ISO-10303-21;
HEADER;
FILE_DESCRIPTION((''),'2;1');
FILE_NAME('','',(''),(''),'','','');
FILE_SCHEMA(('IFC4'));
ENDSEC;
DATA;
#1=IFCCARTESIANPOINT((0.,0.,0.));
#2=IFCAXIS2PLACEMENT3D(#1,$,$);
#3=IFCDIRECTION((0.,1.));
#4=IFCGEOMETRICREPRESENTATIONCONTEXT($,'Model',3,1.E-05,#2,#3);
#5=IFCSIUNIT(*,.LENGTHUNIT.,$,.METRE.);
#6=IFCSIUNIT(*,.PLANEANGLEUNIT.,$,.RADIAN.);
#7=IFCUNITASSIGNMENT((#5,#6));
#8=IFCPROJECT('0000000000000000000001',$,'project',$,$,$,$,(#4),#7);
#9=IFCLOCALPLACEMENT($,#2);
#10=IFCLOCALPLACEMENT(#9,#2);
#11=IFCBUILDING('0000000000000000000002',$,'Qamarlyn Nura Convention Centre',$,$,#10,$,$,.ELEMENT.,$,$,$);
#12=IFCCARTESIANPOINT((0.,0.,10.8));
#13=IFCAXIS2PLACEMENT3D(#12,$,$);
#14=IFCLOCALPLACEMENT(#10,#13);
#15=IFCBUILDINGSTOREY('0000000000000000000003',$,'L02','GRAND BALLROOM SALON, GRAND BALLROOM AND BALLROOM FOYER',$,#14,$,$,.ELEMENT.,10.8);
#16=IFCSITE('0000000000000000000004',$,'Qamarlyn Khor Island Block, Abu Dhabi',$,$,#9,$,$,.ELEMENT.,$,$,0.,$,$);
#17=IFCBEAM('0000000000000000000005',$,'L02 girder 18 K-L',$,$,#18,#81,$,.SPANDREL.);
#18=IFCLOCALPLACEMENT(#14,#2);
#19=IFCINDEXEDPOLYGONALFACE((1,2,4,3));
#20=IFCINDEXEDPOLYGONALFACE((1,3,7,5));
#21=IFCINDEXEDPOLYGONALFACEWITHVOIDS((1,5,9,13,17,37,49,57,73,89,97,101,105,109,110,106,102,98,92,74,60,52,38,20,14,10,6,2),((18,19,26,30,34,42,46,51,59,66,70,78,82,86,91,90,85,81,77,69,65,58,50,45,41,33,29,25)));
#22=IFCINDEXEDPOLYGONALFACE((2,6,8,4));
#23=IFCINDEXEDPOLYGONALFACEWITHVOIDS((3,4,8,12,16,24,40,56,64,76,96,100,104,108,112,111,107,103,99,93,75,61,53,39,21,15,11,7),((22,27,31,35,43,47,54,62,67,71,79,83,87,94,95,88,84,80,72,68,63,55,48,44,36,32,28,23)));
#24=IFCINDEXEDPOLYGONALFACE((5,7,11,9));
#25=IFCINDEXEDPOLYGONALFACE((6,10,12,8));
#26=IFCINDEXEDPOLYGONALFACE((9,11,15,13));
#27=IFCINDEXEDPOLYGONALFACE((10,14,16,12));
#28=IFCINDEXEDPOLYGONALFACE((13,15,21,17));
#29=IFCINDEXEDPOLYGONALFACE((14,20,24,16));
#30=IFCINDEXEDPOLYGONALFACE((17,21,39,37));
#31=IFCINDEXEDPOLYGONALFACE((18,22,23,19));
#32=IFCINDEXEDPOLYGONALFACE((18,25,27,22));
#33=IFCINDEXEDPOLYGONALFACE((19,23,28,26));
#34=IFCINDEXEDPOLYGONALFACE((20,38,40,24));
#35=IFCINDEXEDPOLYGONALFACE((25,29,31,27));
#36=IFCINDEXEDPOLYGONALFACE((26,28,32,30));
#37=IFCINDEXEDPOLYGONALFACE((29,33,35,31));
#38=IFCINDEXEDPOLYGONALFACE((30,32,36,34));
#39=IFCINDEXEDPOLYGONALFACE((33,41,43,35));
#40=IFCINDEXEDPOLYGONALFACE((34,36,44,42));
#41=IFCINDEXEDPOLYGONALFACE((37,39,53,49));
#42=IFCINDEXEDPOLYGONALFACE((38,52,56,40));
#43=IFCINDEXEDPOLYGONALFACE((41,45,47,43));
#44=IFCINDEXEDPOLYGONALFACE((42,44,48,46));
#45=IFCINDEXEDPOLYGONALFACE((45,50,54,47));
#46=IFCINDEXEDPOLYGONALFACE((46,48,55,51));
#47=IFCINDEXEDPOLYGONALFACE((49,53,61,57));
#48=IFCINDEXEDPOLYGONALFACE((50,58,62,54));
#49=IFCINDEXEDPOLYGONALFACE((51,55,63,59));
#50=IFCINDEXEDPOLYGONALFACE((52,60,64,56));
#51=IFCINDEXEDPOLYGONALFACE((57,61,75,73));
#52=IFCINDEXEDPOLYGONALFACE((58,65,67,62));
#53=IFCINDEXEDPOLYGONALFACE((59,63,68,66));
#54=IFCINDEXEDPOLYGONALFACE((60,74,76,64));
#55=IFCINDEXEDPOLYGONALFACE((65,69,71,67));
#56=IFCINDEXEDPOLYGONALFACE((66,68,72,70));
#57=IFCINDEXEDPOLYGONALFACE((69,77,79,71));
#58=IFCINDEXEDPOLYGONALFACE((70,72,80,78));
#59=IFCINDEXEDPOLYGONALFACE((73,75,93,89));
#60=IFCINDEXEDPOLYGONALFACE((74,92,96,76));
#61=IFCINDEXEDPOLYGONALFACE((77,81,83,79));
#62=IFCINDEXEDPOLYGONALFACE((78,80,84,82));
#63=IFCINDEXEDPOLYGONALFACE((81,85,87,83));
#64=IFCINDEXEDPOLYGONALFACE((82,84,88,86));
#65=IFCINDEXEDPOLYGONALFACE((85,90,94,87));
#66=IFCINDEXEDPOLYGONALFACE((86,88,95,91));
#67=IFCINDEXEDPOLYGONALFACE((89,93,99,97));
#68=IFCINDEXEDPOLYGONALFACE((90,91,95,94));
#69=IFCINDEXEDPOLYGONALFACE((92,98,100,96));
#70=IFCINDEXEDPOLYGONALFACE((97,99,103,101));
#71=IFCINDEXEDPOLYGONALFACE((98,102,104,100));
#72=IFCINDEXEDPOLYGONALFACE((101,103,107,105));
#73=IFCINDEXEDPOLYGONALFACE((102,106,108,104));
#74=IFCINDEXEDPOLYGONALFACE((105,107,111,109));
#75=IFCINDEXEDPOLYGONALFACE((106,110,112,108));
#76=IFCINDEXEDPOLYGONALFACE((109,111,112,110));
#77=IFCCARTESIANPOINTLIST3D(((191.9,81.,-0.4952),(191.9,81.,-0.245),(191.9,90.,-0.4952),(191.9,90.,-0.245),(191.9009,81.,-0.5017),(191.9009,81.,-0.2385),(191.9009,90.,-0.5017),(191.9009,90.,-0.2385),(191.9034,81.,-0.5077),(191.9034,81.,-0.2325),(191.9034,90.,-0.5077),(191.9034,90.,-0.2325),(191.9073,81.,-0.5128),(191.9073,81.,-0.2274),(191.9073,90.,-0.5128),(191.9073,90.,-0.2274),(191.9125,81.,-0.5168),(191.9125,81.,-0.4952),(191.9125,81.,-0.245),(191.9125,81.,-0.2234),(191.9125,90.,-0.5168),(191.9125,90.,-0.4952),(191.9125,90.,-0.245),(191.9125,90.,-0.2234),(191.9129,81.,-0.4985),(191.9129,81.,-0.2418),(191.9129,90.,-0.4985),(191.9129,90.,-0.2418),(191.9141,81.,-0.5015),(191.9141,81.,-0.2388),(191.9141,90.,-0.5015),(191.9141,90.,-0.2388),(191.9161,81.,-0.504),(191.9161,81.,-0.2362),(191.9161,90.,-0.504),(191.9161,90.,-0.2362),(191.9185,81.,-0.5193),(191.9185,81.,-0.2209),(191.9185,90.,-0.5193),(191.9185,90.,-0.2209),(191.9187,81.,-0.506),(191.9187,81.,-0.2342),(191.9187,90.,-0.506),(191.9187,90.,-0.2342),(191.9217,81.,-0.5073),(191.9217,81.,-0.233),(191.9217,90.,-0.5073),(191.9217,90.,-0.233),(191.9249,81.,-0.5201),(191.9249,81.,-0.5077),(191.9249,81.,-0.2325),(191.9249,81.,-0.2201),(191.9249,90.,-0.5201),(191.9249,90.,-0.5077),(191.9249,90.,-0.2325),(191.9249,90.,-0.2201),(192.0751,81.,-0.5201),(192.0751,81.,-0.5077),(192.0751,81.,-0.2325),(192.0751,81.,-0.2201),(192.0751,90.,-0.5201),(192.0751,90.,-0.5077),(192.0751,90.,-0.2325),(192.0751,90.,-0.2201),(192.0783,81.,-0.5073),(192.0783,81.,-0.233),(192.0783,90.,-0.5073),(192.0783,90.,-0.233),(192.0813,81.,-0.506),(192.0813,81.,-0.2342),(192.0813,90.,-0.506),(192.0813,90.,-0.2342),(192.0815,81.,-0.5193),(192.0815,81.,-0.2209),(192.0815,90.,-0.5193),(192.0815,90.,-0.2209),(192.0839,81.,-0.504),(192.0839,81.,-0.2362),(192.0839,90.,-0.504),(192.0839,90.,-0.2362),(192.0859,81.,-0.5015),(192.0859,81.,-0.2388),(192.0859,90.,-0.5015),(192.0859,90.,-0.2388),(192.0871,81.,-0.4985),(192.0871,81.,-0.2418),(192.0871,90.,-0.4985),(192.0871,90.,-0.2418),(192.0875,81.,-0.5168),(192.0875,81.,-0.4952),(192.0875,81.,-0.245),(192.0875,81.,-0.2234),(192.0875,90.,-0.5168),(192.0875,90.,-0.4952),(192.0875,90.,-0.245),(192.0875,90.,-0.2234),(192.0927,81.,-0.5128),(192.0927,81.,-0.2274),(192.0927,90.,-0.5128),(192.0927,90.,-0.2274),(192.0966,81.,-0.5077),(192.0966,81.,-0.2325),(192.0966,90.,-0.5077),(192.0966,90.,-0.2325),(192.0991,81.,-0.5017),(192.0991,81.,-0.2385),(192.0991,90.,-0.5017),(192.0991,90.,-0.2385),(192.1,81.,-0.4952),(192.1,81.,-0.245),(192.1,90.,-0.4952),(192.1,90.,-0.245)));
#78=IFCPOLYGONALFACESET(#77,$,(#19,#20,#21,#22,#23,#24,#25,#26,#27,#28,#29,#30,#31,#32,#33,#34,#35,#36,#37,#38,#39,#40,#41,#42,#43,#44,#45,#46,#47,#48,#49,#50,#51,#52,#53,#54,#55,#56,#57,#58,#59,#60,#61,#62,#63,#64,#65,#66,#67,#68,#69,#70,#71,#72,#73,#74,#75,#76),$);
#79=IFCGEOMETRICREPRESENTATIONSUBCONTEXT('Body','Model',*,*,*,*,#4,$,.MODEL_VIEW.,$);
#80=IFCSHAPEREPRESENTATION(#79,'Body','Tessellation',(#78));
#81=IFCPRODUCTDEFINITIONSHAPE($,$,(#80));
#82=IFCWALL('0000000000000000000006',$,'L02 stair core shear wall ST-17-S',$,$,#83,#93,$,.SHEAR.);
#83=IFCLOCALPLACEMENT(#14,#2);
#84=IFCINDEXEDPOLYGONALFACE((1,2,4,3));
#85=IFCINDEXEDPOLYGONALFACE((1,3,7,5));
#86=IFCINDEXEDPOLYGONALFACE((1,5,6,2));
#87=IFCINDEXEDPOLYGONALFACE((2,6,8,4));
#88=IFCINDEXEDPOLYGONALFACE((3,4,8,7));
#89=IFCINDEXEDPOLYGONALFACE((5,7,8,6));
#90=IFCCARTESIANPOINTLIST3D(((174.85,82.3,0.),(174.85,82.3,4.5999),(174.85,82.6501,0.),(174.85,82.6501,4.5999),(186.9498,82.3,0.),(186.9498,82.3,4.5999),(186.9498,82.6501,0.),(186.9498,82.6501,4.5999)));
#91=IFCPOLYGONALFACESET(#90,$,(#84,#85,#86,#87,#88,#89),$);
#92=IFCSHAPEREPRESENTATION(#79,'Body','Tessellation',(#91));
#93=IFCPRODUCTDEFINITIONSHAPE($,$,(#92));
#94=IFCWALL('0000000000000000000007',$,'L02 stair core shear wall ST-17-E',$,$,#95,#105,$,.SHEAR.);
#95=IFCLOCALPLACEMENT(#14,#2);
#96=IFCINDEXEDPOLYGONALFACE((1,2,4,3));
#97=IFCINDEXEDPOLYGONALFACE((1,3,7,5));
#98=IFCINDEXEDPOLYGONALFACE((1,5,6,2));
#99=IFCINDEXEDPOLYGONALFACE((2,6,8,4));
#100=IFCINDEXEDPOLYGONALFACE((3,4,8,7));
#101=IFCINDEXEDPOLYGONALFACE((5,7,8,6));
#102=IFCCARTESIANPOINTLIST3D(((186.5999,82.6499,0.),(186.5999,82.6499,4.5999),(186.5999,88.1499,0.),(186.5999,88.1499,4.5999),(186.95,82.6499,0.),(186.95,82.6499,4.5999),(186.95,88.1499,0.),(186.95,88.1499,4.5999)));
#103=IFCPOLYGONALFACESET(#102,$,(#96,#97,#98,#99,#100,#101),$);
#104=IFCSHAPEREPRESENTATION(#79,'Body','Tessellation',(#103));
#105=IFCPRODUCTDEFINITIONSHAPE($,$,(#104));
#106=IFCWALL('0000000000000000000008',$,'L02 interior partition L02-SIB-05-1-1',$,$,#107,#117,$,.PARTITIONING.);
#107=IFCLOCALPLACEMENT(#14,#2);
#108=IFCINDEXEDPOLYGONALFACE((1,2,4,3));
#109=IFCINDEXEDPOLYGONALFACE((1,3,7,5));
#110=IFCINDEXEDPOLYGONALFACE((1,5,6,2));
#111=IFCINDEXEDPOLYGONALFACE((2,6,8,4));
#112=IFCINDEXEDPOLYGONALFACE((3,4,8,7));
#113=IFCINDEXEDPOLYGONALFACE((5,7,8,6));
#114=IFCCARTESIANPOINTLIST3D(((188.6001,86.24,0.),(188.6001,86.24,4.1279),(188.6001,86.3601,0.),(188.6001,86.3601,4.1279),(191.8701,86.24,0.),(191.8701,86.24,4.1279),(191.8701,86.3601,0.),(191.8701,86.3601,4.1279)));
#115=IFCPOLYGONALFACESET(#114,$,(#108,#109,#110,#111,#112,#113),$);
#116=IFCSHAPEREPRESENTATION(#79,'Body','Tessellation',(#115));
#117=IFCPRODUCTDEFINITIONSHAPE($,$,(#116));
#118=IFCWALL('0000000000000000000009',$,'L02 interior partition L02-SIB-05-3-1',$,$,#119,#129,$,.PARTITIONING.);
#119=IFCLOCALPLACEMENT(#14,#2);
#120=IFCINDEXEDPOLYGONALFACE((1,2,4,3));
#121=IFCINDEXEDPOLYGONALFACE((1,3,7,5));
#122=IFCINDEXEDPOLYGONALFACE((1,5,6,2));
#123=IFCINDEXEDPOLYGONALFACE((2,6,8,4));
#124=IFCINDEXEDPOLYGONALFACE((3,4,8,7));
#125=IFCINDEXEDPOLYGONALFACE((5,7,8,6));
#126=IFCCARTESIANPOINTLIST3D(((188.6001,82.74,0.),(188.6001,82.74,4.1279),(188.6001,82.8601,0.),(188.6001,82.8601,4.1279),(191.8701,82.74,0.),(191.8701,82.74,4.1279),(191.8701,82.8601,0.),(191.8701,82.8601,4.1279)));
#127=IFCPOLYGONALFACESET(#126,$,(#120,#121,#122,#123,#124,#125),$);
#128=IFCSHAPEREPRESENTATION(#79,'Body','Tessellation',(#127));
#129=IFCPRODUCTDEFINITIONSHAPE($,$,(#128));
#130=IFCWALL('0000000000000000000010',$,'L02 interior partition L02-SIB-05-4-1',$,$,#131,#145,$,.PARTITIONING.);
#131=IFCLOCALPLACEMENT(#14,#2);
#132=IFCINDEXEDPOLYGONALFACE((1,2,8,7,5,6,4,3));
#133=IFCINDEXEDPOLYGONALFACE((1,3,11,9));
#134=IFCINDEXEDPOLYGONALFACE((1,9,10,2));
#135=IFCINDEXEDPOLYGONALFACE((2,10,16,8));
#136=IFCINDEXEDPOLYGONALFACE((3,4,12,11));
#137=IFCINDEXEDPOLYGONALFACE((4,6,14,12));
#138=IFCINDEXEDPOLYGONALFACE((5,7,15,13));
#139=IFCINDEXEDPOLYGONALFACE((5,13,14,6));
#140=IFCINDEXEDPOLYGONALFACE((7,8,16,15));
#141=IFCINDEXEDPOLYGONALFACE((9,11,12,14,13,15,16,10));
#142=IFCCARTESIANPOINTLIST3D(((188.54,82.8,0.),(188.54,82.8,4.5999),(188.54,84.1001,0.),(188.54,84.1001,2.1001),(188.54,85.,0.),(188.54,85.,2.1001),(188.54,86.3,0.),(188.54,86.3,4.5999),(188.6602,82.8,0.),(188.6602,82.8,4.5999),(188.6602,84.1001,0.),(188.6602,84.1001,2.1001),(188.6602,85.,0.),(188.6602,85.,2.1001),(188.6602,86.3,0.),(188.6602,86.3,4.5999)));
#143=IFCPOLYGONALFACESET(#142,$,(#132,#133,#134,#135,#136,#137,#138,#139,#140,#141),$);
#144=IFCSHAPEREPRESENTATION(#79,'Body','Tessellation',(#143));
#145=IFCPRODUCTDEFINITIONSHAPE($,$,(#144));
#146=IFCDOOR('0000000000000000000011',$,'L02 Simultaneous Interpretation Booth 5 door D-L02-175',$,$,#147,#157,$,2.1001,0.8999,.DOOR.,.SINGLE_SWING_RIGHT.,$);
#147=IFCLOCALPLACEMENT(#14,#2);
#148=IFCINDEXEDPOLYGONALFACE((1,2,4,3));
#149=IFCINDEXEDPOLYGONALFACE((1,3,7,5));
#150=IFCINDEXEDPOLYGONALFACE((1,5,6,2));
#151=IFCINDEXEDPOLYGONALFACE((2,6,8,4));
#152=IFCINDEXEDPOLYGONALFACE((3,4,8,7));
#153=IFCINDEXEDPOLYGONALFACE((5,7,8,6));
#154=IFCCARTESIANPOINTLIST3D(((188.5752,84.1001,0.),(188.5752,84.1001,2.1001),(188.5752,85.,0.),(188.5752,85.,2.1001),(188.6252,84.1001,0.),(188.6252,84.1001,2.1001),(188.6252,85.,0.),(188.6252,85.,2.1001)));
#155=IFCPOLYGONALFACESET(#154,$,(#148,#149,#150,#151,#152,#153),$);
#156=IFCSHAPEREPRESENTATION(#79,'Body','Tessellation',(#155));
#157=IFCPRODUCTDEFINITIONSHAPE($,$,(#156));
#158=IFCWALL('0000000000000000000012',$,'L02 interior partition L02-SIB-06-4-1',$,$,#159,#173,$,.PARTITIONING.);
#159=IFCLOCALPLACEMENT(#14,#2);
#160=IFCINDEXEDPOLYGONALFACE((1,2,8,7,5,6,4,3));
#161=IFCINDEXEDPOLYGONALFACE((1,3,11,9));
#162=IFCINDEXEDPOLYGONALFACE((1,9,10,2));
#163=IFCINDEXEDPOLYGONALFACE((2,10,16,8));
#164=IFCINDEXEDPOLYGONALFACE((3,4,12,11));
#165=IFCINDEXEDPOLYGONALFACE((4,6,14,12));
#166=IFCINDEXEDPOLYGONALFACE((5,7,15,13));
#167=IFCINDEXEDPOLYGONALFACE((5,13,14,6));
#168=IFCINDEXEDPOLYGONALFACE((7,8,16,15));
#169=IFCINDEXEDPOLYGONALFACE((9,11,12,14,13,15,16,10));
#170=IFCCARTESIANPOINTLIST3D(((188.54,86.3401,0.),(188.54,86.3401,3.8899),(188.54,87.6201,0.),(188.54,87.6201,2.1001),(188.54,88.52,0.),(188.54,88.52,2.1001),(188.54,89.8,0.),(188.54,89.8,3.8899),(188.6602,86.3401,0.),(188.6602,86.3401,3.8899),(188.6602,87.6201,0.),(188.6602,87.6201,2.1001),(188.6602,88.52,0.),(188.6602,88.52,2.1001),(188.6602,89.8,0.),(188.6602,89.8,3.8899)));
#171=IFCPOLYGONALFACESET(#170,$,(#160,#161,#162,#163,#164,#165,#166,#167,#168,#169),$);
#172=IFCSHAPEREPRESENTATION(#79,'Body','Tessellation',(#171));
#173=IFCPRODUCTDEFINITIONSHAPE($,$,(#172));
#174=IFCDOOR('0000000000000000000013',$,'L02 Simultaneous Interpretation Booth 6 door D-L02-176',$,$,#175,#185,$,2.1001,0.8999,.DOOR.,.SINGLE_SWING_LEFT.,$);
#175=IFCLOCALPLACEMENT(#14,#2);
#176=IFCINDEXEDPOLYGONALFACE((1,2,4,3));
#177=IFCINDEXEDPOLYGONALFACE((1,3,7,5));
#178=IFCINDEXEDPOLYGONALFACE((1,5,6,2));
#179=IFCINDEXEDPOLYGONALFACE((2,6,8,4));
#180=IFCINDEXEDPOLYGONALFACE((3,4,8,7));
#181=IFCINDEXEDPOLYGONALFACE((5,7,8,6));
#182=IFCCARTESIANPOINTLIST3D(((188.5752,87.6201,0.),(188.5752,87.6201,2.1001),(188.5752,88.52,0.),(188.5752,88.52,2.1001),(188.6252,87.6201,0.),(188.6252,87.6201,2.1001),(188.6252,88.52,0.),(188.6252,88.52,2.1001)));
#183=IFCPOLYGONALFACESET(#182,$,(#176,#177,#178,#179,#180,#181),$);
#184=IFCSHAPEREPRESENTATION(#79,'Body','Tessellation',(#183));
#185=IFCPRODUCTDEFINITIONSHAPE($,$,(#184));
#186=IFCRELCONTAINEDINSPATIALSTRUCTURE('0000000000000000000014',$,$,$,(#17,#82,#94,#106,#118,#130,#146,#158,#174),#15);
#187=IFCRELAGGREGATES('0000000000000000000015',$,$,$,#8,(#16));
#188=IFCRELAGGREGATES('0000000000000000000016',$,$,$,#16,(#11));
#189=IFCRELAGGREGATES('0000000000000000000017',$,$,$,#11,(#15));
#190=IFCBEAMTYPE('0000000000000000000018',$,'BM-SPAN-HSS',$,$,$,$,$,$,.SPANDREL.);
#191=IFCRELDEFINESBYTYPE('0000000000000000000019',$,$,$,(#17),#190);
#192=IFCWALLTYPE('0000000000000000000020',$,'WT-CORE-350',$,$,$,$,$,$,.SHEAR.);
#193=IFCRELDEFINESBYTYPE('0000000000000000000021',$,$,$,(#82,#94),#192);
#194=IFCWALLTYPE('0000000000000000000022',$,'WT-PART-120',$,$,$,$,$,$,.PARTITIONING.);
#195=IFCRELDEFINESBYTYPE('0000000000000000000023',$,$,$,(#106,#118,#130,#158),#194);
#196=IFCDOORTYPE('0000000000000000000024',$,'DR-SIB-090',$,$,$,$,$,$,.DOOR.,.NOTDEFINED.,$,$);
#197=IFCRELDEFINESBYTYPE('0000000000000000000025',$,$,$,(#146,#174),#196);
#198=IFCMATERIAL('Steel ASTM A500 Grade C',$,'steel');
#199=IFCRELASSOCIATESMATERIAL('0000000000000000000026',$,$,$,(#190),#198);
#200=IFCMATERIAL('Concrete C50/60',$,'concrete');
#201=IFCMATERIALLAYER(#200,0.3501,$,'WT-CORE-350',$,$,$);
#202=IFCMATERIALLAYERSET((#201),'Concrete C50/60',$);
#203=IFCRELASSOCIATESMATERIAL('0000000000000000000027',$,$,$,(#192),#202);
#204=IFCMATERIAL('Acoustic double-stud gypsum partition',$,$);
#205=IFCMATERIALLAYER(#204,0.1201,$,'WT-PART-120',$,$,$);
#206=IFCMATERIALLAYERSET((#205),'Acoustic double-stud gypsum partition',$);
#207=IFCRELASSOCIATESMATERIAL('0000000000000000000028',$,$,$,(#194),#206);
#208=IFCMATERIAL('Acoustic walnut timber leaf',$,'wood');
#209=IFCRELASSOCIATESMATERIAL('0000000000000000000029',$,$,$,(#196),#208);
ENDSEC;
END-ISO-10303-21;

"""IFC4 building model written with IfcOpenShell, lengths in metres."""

from ifc_helpers import new_model, si_unit, direction, frame, frame_2d, origin, origin_2d, place, context, subcontext, project, spatial, rectangle, hollow_rectangle, extrude, material, layer, layer_set, material_profile, profile_set, type_object, element, fill, save


model = new_model("IFC4")

# Units and contexts
model_context = context("Model", 3, precision=1e-05, world=origin(), true_north=direction((0.0, 1.0)))
body_context = subcontext(model_context, "Body", "Model", "MODEL_VIEW")
ifc_project = project(units=[si_unit("LENGTHUNIT", "METRE"), si_unit("PLANEANGLEUNIT", "RADIAN")], contexts=[model_context])

# Site, building, storey
site_placement = place(None, origin())
site = spatial("IfcSite", under=ifc_project, at=site_placement, Name="Qamarlyn Khor Island Block, Abu Dhabi", CompositionType="ELEMENT", RefElevation=0.0)
building_placement = place(site_placement, origin())
building = spatial("IfcBuilding", under=site, at=building_placement, Name="Qamarlyn Nura Convention Centre", CompositionType="ELEMENT")
storey_placement = place(building_placement, frame((0.0, 0.0, 10.8)))
storey = spatial("IfcBuildingStorey", under=building, at=storey_placement, Name="L02", Description="GRAND BALLROOM SALON, GRAND BALLROOM AND BALLROOM FOYER", CompositionType="ELEMENT", Elevation=10.8)

# Shared definitions
ifc_material_1 = material(Name="Concrete C50/60", Category="concrete")

# Beam
ifc_material_2 = material(Name="Steel ASTM A500 Grade C", Category="steel")
ifc_material_profile_1 = material_profile(ifc_material_2, hollow_rectangle(XDim=0.2, YDim=0.3, WallThickness=0.0125, InnerFilletRadius=0.0125, OuterFilletRadius=0.0249, at=origin_2d()), Name="HSS300X200X12.5")
ifc_profile_set_1 = profile_set([ifc_material_profile_1], Name="Steel ASTM A500 Grade C")
beam_type_1 = type_object("IfcBeamType", Name="BM-SPAN-HSS", PredefinedType="SPANDREL", material=ifc_profile_set_1)
beam_1_placement = place(storey_placement, frame((192.0, 81.0, -0.3701), z_axis=(0.0, 1.0, 0.0), x_axis=(-1.0, 0.0, 0.0)))
element("IfcBeam", 1, at=beam_1_placement, inside=storey, type_object=beam_type_1, Name="L02 girder 18 K-L", PredefinedType="SPANDREL", context=body_context, shape_type="SweptSolid", body=[
    extrude(hollow_rectangle(XDim=0.2, YDim=0.3, WallThickness=0.0125, InnerFilletRadius=0.0125, OuterFilletRadius=0.0249, at=origin_2d()), origin(), (0.0, 0.0, 1.0), 9.0),
])

# Walls
ifc_layer_1 = layer(ifc_material_1, 0.3501, Name="WT-CORE-350")
ifc_layer_set_1 = layer_set([ifc_layer_1], Name="Concrete C50/60")
wall_type_1 = type_object("IfcWallType", Name="WT-CORE-350", PredefinedType="SHEAR", material=ifc_layer_set_1)
wall_1_placement = place(storey_placement, frame((174.8501, 82.4751, 0.0), z_axis=(0.0, 0.0, 1.0), x_axis=(1.0, 0.0, 0.0)))
element("IfcWall", 2, at=wall_1_placement, inside=storey, type_object=wall_type_1, Name="L02 stair core shear wall ST-17-S", PredefinedType="SHEAR", context=body_context, shape_type="SweptSolid", body=[
    extrude(rectangle(XDim=12.0999, YDim=0.3501, at=frame_2d((6.0498, 0.0))), origin(), (0.0, 0.0, 1.0), 4.5999),
])
wall_2_placement = place(storey_placement, frame((186.7749, 82.6499, 0.0), z_axis=(0.0, 0.0, 1.0), x_axis=(0.0, 1.0, 0.0)))
element("IfcWall", 3, at=wall_2_placement, inside=storey, type_object=wall_type_1, Name="L02 stair core shear wall ST-17-E", PredefinedType="SHEAR", context=body_context, shape_type="SweptSolid", body=[
    extrude(rectangle(XDim=5.5, YDim=0.3501, at=frame_2d((2.75, 0.0))), origin(), (0.0, 0.0, 1.0), 4.5999),
])
ifc_material_3 = material(Name="Acoustic double-stud gypsum partition")
ifc_layer_2 = layer(ifc_material_3, 0.1201, Name="WT-PART-120")
ifc_layer_set_2 = layer_set([ifc_layer_2], Name="Acoustic double-stud gypsum partition")
wall_type_2 = type_object("IfcWallType", Name="WT-PART-120", PredefinedType="PARTITIONING", material=ifc_layer_set_2)
for number, where, z_axis, x_axis, name in (
    (4, (188.6001, 86.3, 0.0), (0.0, 0.0, 1.0), (1.0, 0.0, 0.0), "L02 interior partition L02-SIB-05-1-1"),
    (5, (191.8701, 82.8, 0.0), (0.0, 0.0, 1.0), (-1.0, 0.0, 0.0), "L02 interior partition L02-SIB-05-3-1"),
):
    element("IfcWall", number, at=place(storey_placement, frame(where, z_axis=z_axis, x_axis=x_axis)), inside=storey, type_object=wall_type_2, Name=name, PredefinedType="PARTITIONING", context=body_context, shape_type="SweptSolid", body=[
        extrude(rectangle(XDim=3.27, YDim=0.1201, at=frame_2d((1.635, 0.0))), origin(), (0.0, 0.0, 1.0), 4.1279),
    ])

# Walls, openings, doors
wall_3_placement = place(storey_placement, frame((188.6001, 82.8, 0.0), z_axis=(0.0, 0.0, 1.0), x_axis=(0.0, 1.0, 0.0)))
wall_3 = element("IfcWall", 6, at=wall_3_placement, inside=storey, type_object=wall_type_2, Name="L02 interior partition L02-SIB-05-4-1", PredefinedType="PARTITIONING", context=body_context, shape_type="SweptSolid", body=[
    extrude(rectangle(XDim=3.5, YDim=0.1201, at=frame_2d((1.75, 0.0))), origin(), (0.0, 0.0, 1.0), 4.5999),
])
opening_1_placement = place(wall_3_placement, frame((1.3, 0.0, 0.0)))
opening_1 = element("IfcOpeningElement", 7, at=opening_1_placement, cuts=wall_3, PredefinedType="OPENING", context=body_context, shape_type="SweptSolid", body=[
    extrude(rectangle(XDim=0.8999, YDim=2.1001, at=frame_2d((0.45, 1.05))), frame((0.0, 0.0701, 0.0), z_axis=(0.0, -1.0, 0.0), x_axis=(1.0, 0.0, 0.0)), (0.0, 0.0, 1.0), 0.1401),
])
ifc_material_4 = material(Name="Acoustic walnut timber leaf", Category="wood")
door_type = type_object("IfcDoorType", Name="DR-SIB-090", OperationType="NOTDEFINED", PredefinedType="DOOR", material=ifc_material_4)
door_1_placement = place(opening_1_placement, origin())
door_1 = element("IfcDoor", 8, at=door_1_placement, inside=storey, type_object=door_type, Name="L02 Simultaneous Interpretation Booth 5 door D-L02-175", OperationType="SINGLE_SWING_RIGHT", OverallHeight=2.1001, OverallWidth=0.8999, PredefinedType="DOOR", context=body_context, shape_type="SweptSolid", body=[
    extrude(rectangle(XDim=0.8999, YDim=2.1001, at=frame_2d((0.45, 1.05))), frame((0.0, 0.0249, 0.0), z_axis=(0.0, -1.0, 0.0), x_axis=(1.0, 0.0, 0.0)), (0.0, 0.0, 1.0), 0.05),
])
fill(opening_1, door_1)
wall_4_placement = place(storey_placement, frame((188.6001, 86.3401, 0.0), z_axis=(0.0, 0.0, 1.0), x_axis=(0.0, 1.0, 0.0)))
wall_4 = element("IfcWall", 9, at=wall_4_placement, inside=storey, type_object=wall_type_2, Name="L02 interior partition L02-SIB-06-4-1", PredefinedType="PARTITIONING", context=body_context, shape_type="SweptSolid", body=[
    extrude(rectangle(XDim=3.46, YDim=0.1201, at=frame_2d((1.73, 0.0))), origin(), (0.0, 0.0, 1.0), 3.8899),
])
opening_2_placement = place(wall_4_placement, frame((1.28, 0.0, 0.0)))
opening_2 = element("IfcOpeningElement", 10, at=opening_2_placement, cuts=wall_4, PredefinedType="OPENING", context=body_context, shape_type="SweptSolid", body=[
    extrude(rectangle(XDim=0.8999, YDim=2.1001, at=frame_2d((0.45, 1.05))), frame((0.0, 0.0701, 0.0), z_axis=(0.0, -1.0, 0.0), x_axis=(1.0, 0.0, 0.0)), (0.0, 0.0, 1.0), 0.1401),
])
door_2_placement = place(opening_2_placement, origin())
door_2 = element("IfcDoor", 11, at=door_2_placement, inside=storey, type_object=door_type, Name="L02 Simultaneous Interpretation Booth 6 door D-L02-176", OperationType="SINGLE_SWING_LEFT", OverallHeight=2.1001, OverallWidth=0.8999, PredefinedType="DOOR", context=body_context, shape_type="SweptSolid", body=[
    extrude(rectangle(XDim=0.8999, YDim=2.1001, at=frame_2d((0.45, 1.05))), frame((0.0, 0.0249, 0.0), z_axis=(0.0, -1.0, 0.0), x_axis=(1.0, 0.0, 0.0)), (0.0, 0.0, 1.0), 0.05),
])
fill(opening_2, door_2)

save(model, "model.ifc")
